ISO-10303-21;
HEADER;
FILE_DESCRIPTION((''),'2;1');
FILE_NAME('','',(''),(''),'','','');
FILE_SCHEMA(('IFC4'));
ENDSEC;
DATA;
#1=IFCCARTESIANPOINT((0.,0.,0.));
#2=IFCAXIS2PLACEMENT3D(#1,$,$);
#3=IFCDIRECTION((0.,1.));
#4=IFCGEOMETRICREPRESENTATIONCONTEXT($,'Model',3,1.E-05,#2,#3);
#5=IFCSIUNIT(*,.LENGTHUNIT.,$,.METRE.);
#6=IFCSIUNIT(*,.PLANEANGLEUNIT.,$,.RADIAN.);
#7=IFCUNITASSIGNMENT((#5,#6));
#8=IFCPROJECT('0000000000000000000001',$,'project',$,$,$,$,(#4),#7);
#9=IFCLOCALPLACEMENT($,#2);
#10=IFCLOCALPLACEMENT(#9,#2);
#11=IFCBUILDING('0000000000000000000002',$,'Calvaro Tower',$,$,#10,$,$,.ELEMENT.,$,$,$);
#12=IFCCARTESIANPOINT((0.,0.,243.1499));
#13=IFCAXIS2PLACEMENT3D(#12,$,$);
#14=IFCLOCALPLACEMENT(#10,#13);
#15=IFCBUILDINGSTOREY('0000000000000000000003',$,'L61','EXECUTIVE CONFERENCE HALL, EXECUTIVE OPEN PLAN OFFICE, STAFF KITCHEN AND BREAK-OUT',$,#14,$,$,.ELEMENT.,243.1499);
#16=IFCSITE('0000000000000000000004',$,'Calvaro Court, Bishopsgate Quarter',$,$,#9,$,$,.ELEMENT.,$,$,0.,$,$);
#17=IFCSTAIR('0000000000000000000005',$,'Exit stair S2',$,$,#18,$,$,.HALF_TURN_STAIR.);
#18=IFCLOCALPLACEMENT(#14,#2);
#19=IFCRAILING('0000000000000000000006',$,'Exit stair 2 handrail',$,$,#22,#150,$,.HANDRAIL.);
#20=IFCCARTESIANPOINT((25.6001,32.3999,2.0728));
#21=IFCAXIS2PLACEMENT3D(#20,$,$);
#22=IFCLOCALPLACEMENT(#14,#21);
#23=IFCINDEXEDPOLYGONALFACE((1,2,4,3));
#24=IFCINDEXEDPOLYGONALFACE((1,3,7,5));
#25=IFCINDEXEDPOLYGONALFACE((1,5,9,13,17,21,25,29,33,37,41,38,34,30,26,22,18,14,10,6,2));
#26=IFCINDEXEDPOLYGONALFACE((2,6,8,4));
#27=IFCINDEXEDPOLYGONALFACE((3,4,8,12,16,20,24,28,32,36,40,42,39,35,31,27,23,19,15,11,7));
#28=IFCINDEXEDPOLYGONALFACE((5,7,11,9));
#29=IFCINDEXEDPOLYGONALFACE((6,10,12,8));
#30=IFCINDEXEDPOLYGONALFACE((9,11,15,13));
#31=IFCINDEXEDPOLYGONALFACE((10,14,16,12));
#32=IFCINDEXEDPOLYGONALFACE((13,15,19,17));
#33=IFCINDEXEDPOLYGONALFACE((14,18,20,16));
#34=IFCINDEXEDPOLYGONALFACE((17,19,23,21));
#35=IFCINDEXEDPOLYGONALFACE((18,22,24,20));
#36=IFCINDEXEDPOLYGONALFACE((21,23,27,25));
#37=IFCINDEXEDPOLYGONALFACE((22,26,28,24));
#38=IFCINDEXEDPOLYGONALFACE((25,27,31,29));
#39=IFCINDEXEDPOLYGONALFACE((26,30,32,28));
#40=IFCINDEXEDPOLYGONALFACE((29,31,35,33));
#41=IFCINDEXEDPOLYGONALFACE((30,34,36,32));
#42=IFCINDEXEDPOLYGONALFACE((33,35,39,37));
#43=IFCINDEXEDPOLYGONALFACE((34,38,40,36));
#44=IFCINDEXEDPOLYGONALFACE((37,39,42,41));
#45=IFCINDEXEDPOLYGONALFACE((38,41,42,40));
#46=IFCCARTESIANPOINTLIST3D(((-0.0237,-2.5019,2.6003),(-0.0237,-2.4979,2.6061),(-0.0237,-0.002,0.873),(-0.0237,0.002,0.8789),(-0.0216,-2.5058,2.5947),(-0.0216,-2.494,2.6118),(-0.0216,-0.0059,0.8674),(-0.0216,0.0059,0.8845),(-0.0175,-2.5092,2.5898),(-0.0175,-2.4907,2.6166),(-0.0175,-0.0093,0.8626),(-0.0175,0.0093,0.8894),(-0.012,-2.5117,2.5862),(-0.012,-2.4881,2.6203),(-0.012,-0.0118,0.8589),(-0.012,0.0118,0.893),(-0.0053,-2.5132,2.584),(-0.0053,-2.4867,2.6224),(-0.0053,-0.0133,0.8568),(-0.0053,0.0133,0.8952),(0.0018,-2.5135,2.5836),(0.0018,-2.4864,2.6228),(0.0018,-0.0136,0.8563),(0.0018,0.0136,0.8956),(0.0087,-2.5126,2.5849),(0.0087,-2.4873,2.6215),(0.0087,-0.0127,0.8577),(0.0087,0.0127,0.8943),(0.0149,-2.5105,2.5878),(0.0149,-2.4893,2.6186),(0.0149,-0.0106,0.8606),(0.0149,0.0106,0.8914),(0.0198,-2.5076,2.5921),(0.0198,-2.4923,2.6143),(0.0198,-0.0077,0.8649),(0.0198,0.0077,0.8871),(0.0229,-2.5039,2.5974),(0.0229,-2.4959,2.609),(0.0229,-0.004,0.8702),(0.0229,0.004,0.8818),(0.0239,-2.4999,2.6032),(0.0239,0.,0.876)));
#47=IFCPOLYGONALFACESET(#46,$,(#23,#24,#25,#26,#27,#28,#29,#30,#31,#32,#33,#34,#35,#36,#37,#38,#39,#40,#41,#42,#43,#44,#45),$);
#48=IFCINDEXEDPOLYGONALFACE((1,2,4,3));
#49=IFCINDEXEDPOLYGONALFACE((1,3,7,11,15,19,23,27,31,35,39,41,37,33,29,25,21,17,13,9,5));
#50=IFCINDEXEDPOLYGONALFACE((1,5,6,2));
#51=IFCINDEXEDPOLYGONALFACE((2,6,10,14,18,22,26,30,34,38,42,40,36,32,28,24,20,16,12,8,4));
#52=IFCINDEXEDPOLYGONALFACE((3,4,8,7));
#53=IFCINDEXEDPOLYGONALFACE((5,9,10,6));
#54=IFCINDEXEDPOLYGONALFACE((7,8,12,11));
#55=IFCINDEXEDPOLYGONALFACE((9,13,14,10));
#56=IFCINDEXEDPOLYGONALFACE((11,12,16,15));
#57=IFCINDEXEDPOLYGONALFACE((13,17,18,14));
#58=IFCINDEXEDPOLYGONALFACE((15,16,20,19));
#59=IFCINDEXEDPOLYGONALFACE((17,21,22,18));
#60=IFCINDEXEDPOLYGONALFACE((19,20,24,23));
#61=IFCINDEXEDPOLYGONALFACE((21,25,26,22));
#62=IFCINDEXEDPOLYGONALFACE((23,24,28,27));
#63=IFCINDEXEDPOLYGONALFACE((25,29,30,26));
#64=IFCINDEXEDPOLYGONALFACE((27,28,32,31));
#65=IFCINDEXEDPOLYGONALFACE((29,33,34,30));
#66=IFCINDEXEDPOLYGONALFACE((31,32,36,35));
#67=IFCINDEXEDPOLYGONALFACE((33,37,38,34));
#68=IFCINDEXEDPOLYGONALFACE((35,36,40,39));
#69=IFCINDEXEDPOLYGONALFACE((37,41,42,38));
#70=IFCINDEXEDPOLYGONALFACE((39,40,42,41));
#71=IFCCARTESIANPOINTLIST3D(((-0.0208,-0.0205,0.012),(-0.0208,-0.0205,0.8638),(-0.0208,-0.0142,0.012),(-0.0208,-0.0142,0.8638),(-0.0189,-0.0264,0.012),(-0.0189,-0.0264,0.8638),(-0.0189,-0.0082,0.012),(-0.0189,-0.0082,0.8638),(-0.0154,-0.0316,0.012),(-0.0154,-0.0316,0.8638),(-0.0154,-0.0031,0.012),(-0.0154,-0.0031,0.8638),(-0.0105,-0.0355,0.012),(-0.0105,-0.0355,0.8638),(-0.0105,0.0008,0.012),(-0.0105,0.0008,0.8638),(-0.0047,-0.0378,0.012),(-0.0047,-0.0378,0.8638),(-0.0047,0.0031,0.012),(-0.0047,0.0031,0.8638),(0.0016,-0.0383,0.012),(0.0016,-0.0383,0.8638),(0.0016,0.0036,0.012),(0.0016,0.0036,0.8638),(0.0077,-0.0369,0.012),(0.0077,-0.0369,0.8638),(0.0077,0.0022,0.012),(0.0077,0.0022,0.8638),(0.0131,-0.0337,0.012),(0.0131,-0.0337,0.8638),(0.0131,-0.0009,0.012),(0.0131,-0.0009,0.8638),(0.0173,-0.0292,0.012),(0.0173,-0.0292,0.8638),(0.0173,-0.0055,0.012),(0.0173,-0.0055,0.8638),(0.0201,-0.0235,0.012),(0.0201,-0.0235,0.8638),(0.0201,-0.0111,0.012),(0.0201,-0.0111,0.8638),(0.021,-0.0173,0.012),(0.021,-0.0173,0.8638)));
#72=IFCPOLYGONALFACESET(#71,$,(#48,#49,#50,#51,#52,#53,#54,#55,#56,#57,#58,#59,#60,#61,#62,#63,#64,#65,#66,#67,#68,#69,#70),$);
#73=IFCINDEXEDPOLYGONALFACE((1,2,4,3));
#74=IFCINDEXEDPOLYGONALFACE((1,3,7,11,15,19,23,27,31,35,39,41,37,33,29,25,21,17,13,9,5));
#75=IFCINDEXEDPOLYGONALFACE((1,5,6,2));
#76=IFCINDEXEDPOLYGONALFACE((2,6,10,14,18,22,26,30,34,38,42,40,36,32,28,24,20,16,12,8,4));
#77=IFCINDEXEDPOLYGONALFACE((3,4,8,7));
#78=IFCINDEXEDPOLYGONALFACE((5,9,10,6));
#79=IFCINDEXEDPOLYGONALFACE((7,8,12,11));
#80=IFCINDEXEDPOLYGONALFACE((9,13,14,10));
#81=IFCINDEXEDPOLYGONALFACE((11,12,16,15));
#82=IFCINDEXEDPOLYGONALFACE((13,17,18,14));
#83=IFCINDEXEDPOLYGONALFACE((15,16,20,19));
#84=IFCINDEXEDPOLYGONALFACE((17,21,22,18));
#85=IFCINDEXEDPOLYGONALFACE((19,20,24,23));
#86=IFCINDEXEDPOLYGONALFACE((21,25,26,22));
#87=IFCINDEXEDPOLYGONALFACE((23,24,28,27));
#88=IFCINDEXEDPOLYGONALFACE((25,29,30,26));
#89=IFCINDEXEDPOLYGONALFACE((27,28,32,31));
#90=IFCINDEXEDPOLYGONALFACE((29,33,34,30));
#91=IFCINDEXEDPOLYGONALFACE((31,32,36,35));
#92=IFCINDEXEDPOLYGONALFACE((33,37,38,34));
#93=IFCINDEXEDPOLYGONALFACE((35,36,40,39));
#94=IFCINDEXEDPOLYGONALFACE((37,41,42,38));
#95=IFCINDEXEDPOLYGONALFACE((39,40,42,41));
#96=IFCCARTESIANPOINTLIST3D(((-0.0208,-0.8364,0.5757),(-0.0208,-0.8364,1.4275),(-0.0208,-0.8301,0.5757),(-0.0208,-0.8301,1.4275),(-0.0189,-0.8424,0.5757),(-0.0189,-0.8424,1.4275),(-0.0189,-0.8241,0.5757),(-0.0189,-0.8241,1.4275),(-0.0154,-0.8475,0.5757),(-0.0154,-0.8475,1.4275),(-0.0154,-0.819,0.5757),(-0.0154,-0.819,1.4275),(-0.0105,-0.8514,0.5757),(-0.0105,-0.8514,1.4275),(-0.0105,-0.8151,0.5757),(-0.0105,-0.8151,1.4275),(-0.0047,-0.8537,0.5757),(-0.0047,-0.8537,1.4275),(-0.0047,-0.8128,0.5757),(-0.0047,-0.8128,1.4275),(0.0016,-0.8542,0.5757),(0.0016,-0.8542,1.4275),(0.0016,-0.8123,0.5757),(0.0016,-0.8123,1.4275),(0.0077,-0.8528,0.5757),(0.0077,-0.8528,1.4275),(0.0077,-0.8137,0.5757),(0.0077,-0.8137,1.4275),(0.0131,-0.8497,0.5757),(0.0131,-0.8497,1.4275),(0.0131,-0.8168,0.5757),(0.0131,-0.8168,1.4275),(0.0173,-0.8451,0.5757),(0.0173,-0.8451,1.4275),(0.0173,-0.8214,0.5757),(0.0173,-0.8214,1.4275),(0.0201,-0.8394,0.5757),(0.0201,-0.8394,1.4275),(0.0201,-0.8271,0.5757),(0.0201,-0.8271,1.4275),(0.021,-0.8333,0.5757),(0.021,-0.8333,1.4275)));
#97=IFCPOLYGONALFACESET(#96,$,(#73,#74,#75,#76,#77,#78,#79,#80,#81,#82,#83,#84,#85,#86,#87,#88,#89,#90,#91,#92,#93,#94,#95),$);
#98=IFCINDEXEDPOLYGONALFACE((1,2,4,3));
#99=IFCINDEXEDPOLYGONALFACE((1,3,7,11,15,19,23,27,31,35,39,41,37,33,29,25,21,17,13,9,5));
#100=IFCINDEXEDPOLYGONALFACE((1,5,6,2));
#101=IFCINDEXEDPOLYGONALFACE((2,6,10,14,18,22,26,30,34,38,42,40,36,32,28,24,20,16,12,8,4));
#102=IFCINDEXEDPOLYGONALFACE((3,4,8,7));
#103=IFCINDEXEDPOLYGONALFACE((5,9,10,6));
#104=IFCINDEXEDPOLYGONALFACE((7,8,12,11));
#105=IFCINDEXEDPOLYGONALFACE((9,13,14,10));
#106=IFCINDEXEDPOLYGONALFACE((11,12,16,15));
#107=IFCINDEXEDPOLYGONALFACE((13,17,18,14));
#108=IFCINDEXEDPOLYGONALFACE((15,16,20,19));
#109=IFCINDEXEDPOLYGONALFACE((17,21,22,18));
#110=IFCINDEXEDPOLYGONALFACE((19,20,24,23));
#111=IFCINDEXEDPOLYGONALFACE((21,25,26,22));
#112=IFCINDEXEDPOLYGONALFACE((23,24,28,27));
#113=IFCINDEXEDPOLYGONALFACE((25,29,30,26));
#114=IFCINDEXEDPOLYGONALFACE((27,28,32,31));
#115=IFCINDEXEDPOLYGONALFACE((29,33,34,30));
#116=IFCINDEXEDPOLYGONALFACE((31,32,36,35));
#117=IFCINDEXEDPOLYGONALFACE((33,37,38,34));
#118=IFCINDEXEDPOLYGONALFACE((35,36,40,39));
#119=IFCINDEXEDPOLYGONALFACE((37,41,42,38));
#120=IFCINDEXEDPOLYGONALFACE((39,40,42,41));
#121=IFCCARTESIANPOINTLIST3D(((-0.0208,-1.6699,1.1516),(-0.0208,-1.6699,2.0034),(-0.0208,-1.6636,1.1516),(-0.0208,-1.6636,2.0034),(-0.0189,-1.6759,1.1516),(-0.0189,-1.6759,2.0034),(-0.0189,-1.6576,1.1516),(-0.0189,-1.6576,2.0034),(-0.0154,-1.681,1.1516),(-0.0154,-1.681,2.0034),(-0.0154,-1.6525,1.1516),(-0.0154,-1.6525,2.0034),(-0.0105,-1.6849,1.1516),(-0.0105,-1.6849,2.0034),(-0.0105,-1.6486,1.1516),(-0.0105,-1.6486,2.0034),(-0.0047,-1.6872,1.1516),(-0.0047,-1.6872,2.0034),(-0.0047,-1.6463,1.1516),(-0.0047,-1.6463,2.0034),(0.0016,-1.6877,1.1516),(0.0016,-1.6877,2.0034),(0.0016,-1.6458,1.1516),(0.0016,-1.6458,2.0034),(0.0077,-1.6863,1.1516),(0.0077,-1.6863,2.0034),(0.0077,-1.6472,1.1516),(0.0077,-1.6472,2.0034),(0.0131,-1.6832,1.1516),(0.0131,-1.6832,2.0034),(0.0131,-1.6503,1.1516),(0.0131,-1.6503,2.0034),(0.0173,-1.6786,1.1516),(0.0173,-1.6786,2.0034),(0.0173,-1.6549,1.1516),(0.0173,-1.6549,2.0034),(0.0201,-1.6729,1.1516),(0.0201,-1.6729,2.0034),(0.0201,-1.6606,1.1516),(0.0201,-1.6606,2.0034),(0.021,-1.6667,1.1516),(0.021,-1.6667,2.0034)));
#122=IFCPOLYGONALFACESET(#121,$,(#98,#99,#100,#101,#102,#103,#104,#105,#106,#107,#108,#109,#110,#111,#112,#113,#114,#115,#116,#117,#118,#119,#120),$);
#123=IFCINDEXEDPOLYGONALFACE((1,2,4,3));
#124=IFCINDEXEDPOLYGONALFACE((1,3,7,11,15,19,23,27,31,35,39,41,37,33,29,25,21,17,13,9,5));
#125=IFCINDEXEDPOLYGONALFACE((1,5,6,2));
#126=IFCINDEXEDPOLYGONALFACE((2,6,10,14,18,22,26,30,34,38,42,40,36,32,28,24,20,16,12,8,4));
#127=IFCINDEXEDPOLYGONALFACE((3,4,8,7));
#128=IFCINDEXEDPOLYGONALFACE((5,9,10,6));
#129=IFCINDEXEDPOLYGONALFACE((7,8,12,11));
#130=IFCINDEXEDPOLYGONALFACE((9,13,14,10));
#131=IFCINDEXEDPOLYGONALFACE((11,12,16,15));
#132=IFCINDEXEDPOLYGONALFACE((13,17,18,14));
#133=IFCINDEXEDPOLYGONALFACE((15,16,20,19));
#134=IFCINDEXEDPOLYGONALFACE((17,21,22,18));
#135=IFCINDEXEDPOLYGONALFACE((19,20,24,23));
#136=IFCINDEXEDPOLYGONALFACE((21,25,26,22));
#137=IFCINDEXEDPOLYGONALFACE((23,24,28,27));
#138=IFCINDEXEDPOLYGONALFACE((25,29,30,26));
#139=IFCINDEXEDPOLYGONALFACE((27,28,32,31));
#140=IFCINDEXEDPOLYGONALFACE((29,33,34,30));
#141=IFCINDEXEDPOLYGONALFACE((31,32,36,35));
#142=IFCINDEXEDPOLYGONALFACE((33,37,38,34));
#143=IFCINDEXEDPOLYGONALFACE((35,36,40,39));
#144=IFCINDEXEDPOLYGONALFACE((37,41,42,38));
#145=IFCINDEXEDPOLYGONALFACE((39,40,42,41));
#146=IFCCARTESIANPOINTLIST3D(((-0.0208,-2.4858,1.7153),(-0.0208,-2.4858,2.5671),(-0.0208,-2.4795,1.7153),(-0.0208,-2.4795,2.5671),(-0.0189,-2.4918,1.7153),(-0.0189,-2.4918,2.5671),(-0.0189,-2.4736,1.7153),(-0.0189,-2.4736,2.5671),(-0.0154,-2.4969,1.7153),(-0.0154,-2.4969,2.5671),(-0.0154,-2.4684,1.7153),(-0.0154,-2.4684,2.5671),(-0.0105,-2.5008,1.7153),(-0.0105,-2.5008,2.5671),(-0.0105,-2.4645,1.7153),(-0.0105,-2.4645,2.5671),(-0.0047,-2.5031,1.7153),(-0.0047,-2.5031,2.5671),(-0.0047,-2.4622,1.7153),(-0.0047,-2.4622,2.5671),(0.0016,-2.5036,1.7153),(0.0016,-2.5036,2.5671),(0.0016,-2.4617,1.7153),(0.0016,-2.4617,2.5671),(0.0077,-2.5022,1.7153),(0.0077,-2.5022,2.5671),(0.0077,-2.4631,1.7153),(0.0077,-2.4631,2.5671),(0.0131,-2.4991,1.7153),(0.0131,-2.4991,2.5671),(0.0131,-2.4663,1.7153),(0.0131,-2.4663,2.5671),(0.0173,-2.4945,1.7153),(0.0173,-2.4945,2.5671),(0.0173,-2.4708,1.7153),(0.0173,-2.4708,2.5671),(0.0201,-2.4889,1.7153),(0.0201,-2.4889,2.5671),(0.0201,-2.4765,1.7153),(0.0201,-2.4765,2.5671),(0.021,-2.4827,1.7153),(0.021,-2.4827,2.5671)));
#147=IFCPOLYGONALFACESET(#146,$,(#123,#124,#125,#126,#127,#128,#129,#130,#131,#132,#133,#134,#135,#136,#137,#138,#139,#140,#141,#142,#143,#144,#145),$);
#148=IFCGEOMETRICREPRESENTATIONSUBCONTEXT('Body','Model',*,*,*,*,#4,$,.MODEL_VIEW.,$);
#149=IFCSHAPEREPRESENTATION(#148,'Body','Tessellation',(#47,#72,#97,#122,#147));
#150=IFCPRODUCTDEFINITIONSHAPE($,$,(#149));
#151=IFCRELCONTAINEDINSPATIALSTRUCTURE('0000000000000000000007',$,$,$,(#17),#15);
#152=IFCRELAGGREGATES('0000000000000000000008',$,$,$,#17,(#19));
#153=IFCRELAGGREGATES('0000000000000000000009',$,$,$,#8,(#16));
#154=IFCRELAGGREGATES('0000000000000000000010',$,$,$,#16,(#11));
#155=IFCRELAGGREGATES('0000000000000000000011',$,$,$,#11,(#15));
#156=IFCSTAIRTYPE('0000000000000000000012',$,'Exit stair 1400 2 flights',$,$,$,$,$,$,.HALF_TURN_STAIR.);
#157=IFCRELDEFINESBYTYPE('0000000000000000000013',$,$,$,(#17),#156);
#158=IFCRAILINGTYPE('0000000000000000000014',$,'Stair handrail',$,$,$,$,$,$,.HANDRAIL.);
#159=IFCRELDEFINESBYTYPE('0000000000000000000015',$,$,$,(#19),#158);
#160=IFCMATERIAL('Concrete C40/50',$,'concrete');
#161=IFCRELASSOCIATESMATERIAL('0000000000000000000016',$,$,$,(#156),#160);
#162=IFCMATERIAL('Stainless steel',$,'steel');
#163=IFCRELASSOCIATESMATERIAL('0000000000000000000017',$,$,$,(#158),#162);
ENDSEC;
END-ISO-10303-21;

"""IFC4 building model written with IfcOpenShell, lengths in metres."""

from ifc_helpers import new_model, si_unit, direction, frame, origin, origin_2d, place, context, subcontext, project, spatial, circle, extrude, material, type_object, element, aggregate, save


model = new_model("IFC4")

# Units and contexts
model_context = context("Model", 3, precision=1e-05, world=origin(), true_north=direction((0.0, 1.0)))
body_context = subcontext(model_context, "Body", "Model", "MODEL_VIEW")
ifc_project = project(units=[si_unit("LENGTHUNIT", "METRE"), si_unit("PLANEANGLEUNIT", "RADIAN")], contexts=[model_context])

# Site, building, storey
site_placement = place(None, origin())
site = spatial("IfcSite", under=ifc_project, at=site_placement, Name="Calvaro Court, Bishopsgate Quarter", CompositionType="ELEMENT", RefElevation=0.0)
building_placement = place(site_placement, origin())
building = spatial("IfcBuilding", under=site, at=building_placement, Name="Calvaro Tower", CompositionType="ELEMENT")
storey_placement = place(building_placement, frame((0.0, 0.0, 243.1499)))
storey = spatial("IfcBuildingStorey", under=building, at=storey_placement, Name="L61", Description="EXECUTIVE CONFERENCE HALL, EXECUTIVE OPEN PLAN OFFICE, STAFF KITCHEN AND BREAK-OUT", CompositionType="ELEMENT", Elevation=243.1499)

# Stair, railing
ifc_material_1 = material(Name="Concrete C40/50", Category="concrete")
stair_type = type_object("IfcStairType", Name="Exit stair 1400 2 flights", PredefinedType="HALF_TURN_STAIR", material=ifc_material_1)
stair_placement = place(storey_placement, origin())
stair = element("IfcStair", 1, at=stair_placement, inside=storey, type_object=stair_type, Name="Exit stair S2", PredefinedType="HALF_TURN_STAIR")
ifc_material_2 = material(Name="Stainless steel", Category="steel")
railing_type = type_object("IfcRailingType", Name="Stair handrail", PredefinedType="HANDRAIL", material=ifc_material_2)
railing_1_placement = place(storey_placement, frame((25.6001, 32.3999, 2.0728)))
railing_1 = element("IfcRailing", 2, at=railing_1_placement, type_object=railing_type, Name="Exit stair 2 handrail", PredefinedType="HANDRAIL", context=body_context, shape_type="SweptSolid", body=[
    extrude(circle(Radius=0.0239, at=origin_2d()), frame((0.0, 0.0, 0.876), z_axis=(0.0, -0.822727, 0.568437), x_axis=(1.0, 0.0, 0.0)), (0.0, 0.0, 1.0), 3.0386),
    extrude(circle(Radius=0.021, at=origin_2d()), frame((0.0, -0.0173, 0.012)), (0.0, 0.0, 1.0), 0.8518),
    extrude(circle(Radius=0.021, at=origin_2d()), frame((0.0, -0.8333, 0.5757)), (0.0, 0.0, 1.0), 0.8518),
    extrude(circle(Radius=0.021, at=origin_2d()), frame((0.0, -1.6667, 1.1516)), (0.0, 0.0, 1.0), 0.8518),
    extrude(circle(Radius=0.021, at=origin_2d()), frame((0.0, -2.4827, 1.7153)), (0.0, 0.0, 1.0), 0.8518),
])
aggregate(stair, [railing_1])

save(model, "model.ifc")
